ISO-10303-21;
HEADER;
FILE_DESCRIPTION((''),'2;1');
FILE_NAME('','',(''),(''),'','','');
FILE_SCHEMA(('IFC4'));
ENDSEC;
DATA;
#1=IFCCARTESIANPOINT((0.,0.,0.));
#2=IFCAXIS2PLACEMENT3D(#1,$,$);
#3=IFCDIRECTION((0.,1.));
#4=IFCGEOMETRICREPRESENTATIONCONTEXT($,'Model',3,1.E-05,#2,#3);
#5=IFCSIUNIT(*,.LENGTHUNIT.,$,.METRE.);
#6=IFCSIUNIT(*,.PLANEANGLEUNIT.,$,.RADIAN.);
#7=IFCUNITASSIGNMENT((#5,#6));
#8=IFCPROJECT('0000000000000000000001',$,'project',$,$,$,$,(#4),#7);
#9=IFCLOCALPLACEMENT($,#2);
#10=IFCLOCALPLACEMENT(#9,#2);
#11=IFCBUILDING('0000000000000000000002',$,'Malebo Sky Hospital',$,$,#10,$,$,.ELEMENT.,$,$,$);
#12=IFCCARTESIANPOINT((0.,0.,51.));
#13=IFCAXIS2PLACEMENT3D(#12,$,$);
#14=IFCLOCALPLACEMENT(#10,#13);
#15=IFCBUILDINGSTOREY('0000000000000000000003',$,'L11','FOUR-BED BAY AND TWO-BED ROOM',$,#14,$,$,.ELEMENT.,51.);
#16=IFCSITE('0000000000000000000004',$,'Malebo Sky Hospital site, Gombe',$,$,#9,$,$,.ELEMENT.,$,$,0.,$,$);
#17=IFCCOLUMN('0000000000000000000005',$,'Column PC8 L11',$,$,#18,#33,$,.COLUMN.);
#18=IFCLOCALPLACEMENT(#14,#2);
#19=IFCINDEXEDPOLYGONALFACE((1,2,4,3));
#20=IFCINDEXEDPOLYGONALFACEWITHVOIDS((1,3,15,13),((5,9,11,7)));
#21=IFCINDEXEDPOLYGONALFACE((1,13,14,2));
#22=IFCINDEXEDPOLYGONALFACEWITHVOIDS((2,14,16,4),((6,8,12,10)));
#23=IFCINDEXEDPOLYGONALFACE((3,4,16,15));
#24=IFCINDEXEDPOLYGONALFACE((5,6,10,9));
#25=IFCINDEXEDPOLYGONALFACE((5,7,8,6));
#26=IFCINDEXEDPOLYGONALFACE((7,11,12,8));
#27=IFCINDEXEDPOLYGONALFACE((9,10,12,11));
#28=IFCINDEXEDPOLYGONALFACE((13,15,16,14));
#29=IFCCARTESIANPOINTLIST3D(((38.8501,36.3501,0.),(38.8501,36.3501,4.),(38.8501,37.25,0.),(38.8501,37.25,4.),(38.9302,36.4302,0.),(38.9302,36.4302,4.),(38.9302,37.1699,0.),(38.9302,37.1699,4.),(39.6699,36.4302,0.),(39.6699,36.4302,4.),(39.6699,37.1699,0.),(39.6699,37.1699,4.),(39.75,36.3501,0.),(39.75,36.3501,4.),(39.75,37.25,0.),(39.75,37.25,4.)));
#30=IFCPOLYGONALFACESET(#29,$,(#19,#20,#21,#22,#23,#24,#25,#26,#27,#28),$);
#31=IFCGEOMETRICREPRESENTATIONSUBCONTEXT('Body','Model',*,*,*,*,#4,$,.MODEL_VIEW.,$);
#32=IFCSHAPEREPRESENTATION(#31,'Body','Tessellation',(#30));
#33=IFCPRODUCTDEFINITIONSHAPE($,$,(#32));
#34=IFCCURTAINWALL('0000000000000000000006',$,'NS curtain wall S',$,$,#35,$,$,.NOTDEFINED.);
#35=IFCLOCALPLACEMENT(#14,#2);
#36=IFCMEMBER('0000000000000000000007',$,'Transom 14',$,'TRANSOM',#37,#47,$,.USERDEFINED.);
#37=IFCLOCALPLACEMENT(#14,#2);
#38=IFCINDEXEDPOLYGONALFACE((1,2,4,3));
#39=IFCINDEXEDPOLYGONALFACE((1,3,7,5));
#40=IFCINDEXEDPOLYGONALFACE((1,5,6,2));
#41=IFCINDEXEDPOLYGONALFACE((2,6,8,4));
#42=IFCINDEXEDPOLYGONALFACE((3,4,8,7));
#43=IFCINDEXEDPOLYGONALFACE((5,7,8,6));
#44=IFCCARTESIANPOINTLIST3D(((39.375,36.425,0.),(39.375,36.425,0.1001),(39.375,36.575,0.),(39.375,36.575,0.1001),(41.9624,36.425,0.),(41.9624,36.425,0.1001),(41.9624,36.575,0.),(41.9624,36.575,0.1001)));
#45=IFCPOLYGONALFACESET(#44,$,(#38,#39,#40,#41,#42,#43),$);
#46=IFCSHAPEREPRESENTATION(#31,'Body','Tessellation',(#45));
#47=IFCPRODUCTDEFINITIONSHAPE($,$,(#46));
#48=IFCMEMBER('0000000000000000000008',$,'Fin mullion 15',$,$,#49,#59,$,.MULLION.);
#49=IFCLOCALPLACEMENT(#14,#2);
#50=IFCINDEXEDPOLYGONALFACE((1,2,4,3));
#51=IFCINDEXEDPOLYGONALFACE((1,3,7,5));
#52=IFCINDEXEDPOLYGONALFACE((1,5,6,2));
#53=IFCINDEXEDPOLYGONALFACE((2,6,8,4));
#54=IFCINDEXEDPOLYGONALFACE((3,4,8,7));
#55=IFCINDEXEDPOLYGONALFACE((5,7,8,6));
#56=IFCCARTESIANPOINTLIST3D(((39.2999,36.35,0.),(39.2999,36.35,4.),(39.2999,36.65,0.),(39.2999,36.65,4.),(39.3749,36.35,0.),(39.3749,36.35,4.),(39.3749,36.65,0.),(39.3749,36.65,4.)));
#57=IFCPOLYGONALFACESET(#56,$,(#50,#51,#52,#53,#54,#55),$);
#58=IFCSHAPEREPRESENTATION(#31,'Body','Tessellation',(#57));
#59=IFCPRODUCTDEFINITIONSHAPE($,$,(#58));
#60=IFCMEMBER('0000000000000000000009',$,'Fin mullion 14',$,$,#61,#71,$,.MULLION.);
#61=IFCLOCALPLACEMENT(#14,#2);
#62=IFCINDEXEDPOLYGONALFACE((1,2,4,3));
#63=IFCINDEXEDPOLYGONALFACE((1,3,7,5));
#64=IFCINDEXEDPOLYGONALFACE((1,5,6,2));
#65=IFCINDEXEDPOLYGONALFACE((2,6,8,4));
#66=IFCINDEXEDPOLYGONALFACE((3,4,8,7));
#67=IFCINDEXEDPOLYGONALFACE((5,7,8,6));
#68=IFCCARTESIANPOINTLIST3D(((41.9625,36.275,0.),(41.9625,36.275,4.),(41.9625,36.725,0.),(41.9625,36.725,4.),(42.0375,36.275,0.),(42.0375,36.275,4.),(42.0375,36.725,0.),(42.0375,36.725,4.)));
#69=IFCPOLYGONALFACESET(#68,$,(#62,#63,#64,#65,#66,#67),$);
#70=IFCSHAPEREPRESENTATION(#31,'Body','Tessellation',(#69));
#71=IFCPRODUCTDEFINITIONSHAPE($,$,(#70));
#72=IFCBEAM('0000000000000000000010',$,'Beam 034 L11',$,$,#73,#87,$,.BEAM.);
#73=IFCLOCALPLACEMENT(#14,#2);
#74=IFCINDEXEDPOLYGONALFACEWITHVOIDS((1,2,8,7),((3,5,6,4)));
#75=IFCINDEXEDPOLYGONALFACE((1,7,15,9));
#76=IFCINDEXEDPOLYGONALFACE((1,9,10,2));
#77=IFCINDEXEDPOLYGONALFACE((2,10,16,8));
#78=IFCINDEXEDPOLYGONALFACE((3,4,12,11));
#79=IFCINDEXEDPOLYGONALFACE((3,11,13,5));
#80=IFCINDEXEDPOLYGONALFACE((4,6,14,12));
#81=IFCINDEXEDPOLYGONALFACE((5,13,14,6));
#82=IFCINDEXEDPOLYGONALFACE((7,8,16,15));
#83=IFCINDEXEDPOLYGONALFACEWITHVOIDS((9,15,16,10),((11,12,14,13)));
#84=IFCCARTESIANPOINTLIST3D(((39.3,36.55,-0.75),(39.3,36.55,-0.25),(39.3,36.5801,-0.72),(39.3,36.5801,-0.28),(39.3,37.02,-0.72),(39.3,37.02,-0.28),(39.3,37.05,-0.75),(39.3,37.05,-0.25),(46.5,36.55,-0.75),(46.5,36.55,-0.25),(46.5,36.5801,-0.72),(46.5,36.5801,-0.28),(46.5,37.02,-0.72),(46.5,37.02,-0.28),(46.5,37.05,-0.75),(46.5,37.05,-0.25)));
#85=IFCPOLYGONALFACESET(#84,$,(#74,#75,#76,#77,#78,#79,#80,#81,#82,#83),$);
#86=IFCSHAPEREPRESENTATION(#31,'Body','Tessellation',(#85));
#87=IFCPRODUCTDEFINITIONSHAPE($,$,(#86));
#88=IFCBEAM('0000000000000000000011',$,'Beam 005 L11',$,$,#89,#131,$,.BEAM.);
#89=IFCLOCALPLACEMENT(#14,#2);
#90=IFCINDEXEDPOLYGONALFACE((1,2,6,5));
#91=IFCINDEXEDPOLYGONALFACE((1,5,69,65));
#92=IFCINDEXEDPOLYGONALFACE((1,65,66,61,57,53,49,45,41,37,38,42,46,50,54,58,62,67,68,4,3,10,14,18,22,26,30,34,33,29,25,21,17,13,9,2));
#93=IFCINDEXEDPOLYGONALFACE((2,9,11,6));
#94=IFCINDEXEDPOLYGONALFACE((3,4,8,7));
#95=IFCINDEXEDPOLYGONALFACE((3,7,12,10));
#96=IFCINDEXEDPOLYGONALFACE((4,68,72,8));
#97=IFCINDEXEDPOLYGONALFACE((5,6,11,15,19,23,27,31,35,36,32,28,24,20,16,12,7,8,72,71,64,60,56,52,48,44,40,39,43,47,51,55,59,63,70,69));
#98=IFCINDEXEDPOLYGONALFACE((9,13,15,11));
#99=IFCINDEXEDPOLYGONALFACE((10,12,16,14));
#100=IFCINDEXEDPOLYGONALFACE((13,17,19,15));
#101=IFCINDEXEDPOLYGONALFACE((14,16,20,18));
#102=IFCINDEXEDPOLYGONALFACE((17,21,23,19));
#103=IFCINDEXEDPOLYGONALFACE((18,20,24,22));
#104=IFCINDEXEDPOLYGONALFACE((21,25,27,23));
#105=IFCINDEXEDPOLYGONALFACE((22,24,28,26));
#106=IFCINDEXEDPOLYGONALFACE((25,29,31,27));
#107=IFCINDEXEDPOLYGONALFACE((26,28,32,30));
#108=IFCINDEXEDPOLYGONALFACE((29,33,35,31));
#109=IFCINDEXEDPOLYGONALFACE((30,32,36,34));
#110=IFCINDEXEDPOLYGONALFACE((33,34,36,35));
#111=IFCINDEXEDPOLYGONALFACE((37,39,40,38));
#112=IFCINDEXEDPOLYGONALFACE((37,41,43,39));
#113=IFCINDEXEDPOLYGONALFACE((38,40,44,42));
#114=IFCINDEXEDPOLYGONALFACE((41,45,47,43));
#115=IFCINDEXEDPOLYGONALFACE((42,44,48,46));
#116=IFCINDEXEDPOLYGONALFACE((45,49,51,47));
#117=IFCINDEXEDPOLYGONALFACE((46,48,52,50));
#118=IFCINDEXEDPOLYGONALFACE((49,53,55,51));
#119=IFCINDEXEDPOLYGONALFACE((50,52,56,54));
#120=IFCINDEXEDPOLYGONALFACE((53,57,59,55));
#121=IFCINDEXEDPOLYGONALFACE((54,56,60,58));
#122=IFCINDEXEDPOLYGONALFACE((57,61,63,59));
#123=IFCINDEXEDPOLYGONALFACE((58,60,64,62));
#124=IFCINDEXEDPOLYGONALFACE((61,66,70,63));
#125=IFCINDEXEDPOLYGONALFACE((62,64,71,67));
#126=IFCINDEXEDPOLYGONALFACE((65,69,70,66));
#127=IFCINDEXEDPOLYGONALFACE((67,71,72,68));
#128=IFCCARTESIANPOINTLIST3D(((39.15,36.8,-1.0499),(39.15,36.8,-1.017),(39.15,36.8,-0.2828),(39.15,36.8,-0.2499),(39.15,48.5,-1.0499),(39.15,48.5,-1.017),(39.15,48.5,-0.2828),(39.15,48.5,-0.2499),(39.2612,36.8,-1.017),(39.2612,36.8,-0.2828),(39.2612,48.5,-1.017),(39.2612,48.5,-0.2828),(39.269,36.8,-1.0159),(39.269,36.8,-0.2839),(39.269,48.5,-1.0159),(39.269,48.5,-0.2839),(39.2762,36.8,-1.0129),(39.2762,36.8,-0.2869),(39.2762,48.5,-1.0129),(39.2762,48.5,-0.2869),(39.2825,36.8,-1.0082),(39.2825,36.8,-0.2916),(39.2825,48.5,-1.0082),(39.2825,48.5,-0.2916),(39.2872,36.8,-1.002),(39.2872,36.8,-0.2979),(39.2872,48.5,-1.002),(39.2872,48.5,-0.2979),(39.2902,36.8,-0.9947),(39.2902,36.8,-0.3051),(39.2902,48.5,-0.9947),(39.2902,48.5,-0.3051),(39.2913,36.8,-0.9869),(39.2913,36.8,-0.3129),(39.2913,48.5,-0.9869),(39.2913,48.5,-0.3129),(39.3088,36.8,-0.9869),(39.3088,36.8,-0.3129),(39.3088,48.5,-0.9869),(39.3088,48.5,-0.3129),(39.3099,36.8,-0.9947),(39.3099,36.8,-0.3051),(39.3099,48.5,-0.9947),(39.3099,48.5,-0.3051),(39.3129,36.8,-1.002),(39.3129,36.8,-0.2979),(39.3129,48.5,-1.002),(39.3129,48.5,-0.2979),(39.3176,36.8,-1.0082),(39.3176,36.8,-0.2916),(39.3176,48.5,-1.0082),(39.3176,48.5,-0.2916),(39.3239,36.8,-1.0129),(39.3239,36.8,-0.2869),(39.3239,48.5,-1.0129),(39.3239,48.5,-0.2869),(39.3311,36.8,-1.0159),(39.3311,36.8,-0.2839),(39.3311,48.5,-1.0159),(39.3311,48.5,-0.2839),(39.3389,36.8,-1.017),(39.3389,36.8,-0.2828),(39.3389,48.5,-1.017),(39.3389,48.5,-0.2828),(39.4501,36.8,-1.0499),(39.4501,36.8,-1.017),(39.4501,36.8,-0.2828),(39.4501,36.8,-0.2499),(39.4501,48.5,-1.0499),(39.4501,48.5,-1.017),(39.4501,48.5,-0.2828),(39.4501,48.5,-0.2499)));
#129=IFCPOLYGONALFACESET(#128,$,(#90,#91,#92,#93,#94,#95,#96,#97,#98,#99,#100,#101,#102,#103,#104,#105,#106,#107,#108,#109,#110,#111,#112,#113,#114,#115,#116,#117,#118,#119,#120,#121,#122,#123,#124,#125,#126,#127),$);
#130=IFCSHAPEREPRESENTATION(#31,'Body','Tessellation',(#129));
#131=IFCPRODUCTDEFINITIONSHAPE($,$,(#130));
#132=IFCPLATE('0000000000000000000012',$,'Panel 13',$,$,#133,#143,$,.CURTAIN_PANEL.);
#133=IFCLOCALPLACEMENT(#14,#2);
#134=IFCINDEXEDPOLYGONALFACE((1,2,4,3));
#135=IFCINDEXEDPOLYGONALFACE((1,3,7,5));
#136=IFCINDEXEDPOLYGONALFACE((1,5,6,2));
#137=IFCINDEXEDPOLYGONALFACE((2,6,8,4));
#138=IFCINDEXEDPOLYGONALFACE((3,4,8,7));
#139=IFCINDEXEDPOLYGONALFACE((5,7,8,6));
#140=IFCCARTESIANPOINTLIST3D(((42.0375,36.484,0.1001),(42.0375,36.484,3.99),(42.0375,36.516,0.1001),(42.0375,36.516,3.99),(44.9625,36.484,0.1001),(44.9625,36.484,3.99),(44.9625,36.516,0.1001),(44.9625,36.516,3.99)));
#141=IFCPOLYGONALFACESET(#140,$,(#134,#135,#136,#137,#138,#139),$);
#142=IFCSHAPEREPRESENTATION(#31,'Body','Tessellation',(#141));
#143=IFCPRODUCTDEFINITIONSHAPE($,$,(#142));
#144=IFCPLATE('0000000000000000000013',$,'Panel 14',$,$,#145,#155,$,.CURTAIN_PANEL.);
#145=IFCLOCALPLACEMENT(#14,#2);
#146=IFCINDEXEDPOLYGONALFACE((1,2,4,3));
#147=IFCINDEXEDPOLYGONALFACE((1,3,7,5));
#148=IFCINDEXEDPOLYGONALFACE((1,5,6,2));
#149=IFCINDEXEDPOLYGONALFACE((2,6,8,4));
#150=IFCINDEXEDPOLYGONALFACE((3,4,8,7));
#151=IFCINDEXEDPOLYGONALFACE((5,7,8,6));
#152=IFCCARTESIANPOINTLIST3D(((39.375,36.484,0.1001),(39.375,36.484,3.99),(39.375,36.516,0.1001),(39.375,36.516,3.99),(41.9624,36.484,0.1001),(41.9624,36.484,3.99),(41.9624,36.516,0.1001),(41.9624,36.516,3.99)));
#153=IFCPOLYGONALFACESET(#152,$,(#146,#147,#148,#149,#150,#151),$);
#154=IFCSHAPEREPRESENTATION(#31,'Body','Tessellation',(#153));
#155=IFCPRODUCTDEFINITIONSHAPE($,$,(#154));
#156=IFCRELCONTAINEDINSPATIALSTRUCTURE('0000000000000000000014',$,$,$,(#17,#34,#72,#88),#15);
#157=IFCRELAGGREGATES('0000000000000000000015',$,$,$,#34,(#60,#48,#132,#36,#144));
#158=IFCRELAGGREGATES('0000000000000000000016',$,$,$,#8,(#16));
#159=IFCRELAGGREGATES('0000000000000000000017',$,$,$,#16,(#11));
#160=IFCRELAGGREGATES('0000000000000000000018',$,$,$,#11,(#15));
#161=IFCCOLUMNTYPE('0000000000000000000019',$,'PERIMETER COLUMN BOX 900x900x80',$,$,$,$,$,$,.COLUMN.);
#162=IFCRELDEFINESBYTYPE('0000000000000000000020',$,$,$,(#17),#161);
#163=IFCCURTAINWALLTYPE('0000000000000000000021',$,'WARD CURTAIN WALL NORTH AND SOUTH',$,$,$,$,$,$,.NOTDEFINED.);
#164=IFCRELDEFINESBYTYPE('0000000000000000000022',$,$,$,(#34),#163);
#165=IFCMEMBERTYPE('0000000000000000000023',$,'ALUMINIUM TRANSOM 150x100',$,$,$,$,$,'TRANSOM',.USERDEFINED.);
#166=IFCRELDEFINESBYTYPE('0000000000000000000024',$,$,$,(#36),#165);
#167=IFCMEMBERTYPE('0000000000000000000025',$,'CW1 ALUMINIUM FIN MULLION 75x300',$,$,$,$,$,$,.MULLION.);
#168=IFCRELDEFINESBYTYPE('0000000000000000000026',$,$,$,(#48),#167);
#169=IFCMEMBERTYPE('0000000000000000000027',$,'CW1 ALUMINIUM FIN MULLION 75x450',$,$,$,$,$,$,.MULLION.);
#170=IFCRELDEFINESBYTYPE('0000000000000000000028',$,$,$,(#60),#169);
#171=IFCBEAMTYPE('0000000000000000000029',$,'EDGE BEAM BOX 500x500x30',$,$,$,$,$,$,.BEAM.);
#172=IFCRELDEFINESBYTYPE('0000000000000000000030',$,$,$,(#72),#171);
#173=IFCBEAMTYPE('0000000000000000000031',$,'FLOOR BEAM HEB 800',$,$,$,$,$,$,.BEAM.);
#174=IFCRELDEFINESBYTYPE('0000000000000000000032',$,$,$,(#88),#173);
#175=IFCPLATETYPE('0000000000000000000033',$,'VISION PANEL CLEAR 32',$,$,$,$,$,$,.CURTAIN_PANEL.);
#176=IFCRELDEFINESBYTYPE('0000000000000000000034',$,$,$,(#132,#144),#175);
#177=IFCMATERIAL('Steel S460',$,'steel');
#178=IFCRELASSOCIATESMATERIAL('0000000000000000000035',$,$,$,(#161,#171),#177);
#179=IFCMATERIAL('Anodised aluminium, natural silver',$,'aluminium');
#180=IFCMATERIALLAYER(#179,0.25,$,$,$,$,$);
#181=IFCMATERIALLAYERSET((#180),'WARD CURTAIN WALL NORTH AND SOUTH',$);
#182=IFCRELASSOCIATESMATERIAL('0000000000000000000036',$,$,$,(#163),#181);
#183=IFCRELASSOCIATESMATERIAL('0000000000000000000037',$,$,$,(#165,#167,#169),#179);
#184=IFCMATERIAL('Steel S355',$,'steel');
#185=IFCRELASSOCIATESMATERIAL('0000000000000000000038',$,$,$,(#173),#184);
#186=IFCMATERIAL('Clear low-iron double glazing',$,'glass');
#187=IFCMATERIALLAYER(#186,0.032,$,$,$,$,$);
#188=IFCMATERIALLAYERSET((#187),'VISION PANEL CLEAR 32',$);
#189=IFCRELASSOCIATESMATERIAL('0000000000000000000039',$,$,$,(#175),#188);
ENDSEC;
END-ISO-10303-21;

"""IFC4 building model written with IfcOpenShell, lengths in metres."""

from ifc_helpers import new_model, si_unit, direction, frame, origin, origin_2d, place, context, subcontext, project, spatial, rectangle, hollow_rectangle, i_section, extrude, material, layer, layer_set, material_profile, profile_set, type_object, element, aggregate, save


model = new_model("IFC4")

# Units and contexts
model_context = context("Model", 3, precision=1e-05, world=origin(), true_north=direction((0.0, 1.0)))
body_context = subcontext(model_context, "Body", "Model", "MODEL_VIEW")
ifc_project = project(units=[si_unit("LENGTHUNIT", "METRE"), si_unit("PLANEANGLEUNIT", "RADIAN")], contexts=[model_context])

# Site, building, storey
site_placement = place(None, origin())
site = spatial("IfcSite", under=ifc_project, at=site_placement, Name="Malebo Sky Hospital site, Gombe", CompositionType="ELEMENT", RefElevation=0.0)
building_placement = place(site_placement, origin())
building = spatial("IfcBuilding", under=site, at=building_placement, Name="Malebo Sky Hospital", CompositionType="ELEMENT")
storey_placement = place(building_placement, frame((0.0, 0.0, 51.0)))
storey = spatial("IfcBuildingStorey", under=building, at=storey_placement, Name="L11", Description="FOUR-BED BAY AND TWO-BED ROOM", CompositionType="ELEMENT", Elevation=51.0)

# Column
ifc_material_1 = material(Name="Steel S460", Category="steel")
ifc_material_profile_1 = material_profile(ifc_material_1, hollow_rectangle(XDim=0.8999, YDim=0.8999, WallThickness=0.0801, at=origin_2d()), Name="BOX 900x900x80")
ifc_profile_set_1 = profile_set([ifc_material_profile_1], Name="Steel S460")
column_type = type_object("IfcColumnType", Name="PERIMETER COLUMN BOX 900x900x80", PredefinedType="COLUMN", material=ifc_profile_set_1)
column_placement = place(storey_placement, frame((39.3, 36.8, 0.0), z_axis=(0.0, 0.0, 1.0), x_axis=(1.0, 0.0, 0.0)))
element("IfcColumn", 1, at=column_placement, inside=storey, type_object=column_type, Name="Column PC8 L11", PredefinedType="COLUMN", context=body_context, shape_type="SweptSolid", body=[
    extrude(hollow_rectangle(XDim=0.8999, YDim=0.8999, WallThickness=0.0801, at=origin_2d()), origin(), (0.0, 0.0, 1.0), 4.0),
])

# Curtain wall, members
ifc_material_2 = material(Name="Anodised aluminium, natural silver", Category="aluminium")
ifc_layer_1 = layer(ifc_material_2, 0.25)
ifc_layer_set_1 = layer_set([ifc_layer_1], Name="WARD CURTAIN WALL NORTH AND SOUTH")
curtain_wall_type = type_object("IfcCurtainWallType", Name="WARD CURTAIN WALL NORTH AND SOUTH", PredefinedType="NOTDEFINED", material=ifc_layer_set_1)
curtain_wall_placement = place(storey_placement, origin())
curtain_wall = element("IfcCurtainWall", 2, at=curtain_wall_placement, inside=storey, type_object=curtain_wall_type, Name="NS curtain wall S", PredefinedType="NOTDEFINED")
ifc_material_profile_2 = material_profile(ifc_material_2, rectangle(XDim=0.1499, YDim=0.1001, at=origin_2d()), Name="ALUMINIUM TRANSOM 150x100")
ifc_profile_set_2 = profile_set([ifc_material_profile_2], Name="Anodised aluminium, natural silver")
member_type_1 = type_object("IfcMemberType", Name="ALUMINIUM TRANSOM 150x100", ElementType="TRANSOM", PredefinedType="USERDEFINED", material=ifc_profile_set_2)
member_1_placement = place(storey_placement, frame((41.9624, 36.5, 0.05), z_axis=(-1.0, 0.0, 0.0), x_axis=(0.0, -1.0, 0.0)))
member_1 = element("IfcMember", 3, at=member_1_placement, type_object=member_type_1, Name="Transom 14", ObjectType="TRANSOM", PredefinedType="USERDEFINED", context=body_context, shape_type="SweptSolid", body=[
    extrude(rectangle(XDim=0.1499, YDim=0.1001, at=origin_2d()), origin(), (0.0, 0.0, 1.0), 2.5874),
])
ifc_material_profile_3 = material_profile(ifc_material_2, rectangle(XDim=0.075, YDim=0.3, at=origin_2d()), Name="CW1 ALUMINIUM FIN MULLION 75x300")
ifc_profile_set_3 = profile_set([ifc_material_profile_3], Name="Anodised aluminium, natural silver")
member_type_2 = type_object("IfcMemberType", Name="CW1 ALUMINIUM FIN MULLION 75x300", PredefinedType="MULLION", material=ifc_profile_set_3)
member_2_placement = place(storey_placement, frame((39.3374, 36.5, 0.0), z_axis=(0.0, 0.0, 1.0), x_axis=(-1.0, 0.0, 0.0)))
member_2 = element("IfcMember", 4, at=member_2_placement, type_object=member_type_2, Name="Fin mullion 15", PredefinedType="MULLION", context=body_context, shape_type="SweptSolid", body=[
    extrude(rectangle(XDim=0.075, YDim=0.3, at=origin_2d()), origin(), (0.0, 0.0, 1.0), 4.0),
])
ifc_material_profile_4 = material_profile(ifc_material_2, rectangle(XDim=0.075, YDim=0.45, at=origin_2d()), Name="CW1 ALUMINIUM FIN MULLION 75x450")
ifc_profile_set_4 = profile_set([ifc_material_profile_4], Name="Anodised aluminium, natural silver")
member_type_3 = type_object("IfcMemberType", Name="CW1 ALUMINIUM FIN MULLION 75x450", PredefinedType="MULLION", material=ifc_profile_set_4)
member_3_placement = place(storey_placement, frame((42.0, 36.5, 0.0), z_axis=(0.0, 0.0, 1.0), x_axis=(-1.0, 0.0, 0.0)))
member_3 = element("IfcMember", 5, at=member_3_placement, type_object=member_type_3, Name="Fin mullion 14", PredefinedType="MULLION", context=body_context, shape_type="SweptSolid", body=[
    extrude(rectangle(XDim=0.075, YDim=0.45, at=origin_2d()), origin(), (0.0, 0.0, 1.0), 4.0),
])

# Beams
ifc_material_profile_5 = material_profile(ifc_material_1, hollow_rectangle(XDim=0.5, YDim=0.5, WallThickness=0.03, at=origin_2d()), Name="BOX 500x500x30")
ifc_profile_set_5 = profile_set([ifc_material_profile_5], Name="Steel S460")
beam_type_1 = type_object("IfcBeamType", Name="EDGE BEAM BOX 500x500x30", PredefinedType="BEAM", material=ifc_profile_set_5)
beam_1_placement = place(storey_placement, frame((39.3, 36.8, -0.5), z_axis=(1.0, 0.0, 0.0), x_axis=(0.0, 1.0, 0.0)))
element("IfcBeam", 6, at=beam_1_placement, inside=storey, type_object=beam_type_1, Name="Beam 034 L11", PredefinedType="BEAM", context=body_context, shape_type="SweptSolid", body=[
    extrude(hollow_rectangle(XDim=0.5, YDim=0.5, WallThickness=0.03, at=origin_2d()), origin(), (0.0, 0.0, 1.0), 7.2),
])
ifc_material_3 = material(Name="Steel S355", Category="steel")
ifc_material_profile_6 = material_profile(ifc_material_3, i_section(OverallWidth=0.3, OverallDepth=0.8, WebThickness=0.0176, FlangeThickness=0.033, FilletRadius=0.03, at=origin_2d()), Name="HEB 800")
ifc_profile_set_6 = profile_set([ifc_material_profile_6], Name="Steel S355")
beam_type_2 = type_object("IfcBeamType", Name="FLOOR BEAM HEB 800", PredefinedType="BEAM", material=ifc_profile_set_6)
beam_2_placement = place(storey_placement, frame((39.3, 36.8, -0.6499), z_axis=(0.0, 1.0, 0.0), x_axis=(-1.0, 0.0, 0.0)))
element("IfcBeam", 7, at=beam_2_placement, inside=storey, type_object=beam_type_2, Name="Beam 005 L11", PredefinedType="BEAM", context=body_context, shape_type="SweptSolid", body=[
    extrude(i_section(OverallWidth=0.3, OverallDepth=0.8, WebThickness=0.0176, FlangeThickness=0.033, FilletRadius=0.03, at=origin_2d()), origin(), (0.0, 0.0, 1.0), 11.7),
])

# Plates
ifc_material_4 = material(Name="Clear low-iron double glazing", Category="glass")
ifc_layer_2 = layer(ifc_material_4, 0.032)
ifc_layer_set_2 = layer_set([ifc_layer_2], Name="VISION PANEL CLEAR 32")
plate_type = type_object("IfcPlateType", Name="VISION PANEL CLEAR 32", PredefinedType="CURTAIN_PANEL", material=ifc_layer_set_2)
plate_1_placement = place(storey_placement, frame((43.5, 36.5, 0.1001), z_axis=(0.0, 0.0, 1.0), x_axis=(-1.0, 0.0, 0.0)))
plate_1 = element("IfcPlate", 8, at=plate_1_placement, type_object=plate_type, Name="Panel 13", PredefinedType="CURTAIN_PANEL", context=body_context, shape_type="SweptSolid", body=[
    extrude(rectangle(XDim=2.925, YDim=0.032, at=origin_2d()), origin(), (0.0, 0.0, 1.0), 3.8899),
])
plate_2_placement = place(storey_placement, frame((40.6687, 36.5, 0.1001), z_axis=(0.0, 0.0, 1.0), x_axis=(-1.0, 0.0, 0.0)))
plate_2 = element("IfcPlate", 9, at=plate_2_placement, type_object=plate_type, Name="Panel 14", PredefinedType="CURTAIN_PANEL", context=body_context, shape_type="SweptSolid", body=[
    extrude(rectangle(XDim=2.5874, YDim=0.032, at=origin_2d()), origin(), (0.0, 0.0, 1.0), 3.8899),
])
aggregate(curtain_wall, [member_3, member_2, plate_1, member_1, plate_2])

save(model, "model.ifc")
